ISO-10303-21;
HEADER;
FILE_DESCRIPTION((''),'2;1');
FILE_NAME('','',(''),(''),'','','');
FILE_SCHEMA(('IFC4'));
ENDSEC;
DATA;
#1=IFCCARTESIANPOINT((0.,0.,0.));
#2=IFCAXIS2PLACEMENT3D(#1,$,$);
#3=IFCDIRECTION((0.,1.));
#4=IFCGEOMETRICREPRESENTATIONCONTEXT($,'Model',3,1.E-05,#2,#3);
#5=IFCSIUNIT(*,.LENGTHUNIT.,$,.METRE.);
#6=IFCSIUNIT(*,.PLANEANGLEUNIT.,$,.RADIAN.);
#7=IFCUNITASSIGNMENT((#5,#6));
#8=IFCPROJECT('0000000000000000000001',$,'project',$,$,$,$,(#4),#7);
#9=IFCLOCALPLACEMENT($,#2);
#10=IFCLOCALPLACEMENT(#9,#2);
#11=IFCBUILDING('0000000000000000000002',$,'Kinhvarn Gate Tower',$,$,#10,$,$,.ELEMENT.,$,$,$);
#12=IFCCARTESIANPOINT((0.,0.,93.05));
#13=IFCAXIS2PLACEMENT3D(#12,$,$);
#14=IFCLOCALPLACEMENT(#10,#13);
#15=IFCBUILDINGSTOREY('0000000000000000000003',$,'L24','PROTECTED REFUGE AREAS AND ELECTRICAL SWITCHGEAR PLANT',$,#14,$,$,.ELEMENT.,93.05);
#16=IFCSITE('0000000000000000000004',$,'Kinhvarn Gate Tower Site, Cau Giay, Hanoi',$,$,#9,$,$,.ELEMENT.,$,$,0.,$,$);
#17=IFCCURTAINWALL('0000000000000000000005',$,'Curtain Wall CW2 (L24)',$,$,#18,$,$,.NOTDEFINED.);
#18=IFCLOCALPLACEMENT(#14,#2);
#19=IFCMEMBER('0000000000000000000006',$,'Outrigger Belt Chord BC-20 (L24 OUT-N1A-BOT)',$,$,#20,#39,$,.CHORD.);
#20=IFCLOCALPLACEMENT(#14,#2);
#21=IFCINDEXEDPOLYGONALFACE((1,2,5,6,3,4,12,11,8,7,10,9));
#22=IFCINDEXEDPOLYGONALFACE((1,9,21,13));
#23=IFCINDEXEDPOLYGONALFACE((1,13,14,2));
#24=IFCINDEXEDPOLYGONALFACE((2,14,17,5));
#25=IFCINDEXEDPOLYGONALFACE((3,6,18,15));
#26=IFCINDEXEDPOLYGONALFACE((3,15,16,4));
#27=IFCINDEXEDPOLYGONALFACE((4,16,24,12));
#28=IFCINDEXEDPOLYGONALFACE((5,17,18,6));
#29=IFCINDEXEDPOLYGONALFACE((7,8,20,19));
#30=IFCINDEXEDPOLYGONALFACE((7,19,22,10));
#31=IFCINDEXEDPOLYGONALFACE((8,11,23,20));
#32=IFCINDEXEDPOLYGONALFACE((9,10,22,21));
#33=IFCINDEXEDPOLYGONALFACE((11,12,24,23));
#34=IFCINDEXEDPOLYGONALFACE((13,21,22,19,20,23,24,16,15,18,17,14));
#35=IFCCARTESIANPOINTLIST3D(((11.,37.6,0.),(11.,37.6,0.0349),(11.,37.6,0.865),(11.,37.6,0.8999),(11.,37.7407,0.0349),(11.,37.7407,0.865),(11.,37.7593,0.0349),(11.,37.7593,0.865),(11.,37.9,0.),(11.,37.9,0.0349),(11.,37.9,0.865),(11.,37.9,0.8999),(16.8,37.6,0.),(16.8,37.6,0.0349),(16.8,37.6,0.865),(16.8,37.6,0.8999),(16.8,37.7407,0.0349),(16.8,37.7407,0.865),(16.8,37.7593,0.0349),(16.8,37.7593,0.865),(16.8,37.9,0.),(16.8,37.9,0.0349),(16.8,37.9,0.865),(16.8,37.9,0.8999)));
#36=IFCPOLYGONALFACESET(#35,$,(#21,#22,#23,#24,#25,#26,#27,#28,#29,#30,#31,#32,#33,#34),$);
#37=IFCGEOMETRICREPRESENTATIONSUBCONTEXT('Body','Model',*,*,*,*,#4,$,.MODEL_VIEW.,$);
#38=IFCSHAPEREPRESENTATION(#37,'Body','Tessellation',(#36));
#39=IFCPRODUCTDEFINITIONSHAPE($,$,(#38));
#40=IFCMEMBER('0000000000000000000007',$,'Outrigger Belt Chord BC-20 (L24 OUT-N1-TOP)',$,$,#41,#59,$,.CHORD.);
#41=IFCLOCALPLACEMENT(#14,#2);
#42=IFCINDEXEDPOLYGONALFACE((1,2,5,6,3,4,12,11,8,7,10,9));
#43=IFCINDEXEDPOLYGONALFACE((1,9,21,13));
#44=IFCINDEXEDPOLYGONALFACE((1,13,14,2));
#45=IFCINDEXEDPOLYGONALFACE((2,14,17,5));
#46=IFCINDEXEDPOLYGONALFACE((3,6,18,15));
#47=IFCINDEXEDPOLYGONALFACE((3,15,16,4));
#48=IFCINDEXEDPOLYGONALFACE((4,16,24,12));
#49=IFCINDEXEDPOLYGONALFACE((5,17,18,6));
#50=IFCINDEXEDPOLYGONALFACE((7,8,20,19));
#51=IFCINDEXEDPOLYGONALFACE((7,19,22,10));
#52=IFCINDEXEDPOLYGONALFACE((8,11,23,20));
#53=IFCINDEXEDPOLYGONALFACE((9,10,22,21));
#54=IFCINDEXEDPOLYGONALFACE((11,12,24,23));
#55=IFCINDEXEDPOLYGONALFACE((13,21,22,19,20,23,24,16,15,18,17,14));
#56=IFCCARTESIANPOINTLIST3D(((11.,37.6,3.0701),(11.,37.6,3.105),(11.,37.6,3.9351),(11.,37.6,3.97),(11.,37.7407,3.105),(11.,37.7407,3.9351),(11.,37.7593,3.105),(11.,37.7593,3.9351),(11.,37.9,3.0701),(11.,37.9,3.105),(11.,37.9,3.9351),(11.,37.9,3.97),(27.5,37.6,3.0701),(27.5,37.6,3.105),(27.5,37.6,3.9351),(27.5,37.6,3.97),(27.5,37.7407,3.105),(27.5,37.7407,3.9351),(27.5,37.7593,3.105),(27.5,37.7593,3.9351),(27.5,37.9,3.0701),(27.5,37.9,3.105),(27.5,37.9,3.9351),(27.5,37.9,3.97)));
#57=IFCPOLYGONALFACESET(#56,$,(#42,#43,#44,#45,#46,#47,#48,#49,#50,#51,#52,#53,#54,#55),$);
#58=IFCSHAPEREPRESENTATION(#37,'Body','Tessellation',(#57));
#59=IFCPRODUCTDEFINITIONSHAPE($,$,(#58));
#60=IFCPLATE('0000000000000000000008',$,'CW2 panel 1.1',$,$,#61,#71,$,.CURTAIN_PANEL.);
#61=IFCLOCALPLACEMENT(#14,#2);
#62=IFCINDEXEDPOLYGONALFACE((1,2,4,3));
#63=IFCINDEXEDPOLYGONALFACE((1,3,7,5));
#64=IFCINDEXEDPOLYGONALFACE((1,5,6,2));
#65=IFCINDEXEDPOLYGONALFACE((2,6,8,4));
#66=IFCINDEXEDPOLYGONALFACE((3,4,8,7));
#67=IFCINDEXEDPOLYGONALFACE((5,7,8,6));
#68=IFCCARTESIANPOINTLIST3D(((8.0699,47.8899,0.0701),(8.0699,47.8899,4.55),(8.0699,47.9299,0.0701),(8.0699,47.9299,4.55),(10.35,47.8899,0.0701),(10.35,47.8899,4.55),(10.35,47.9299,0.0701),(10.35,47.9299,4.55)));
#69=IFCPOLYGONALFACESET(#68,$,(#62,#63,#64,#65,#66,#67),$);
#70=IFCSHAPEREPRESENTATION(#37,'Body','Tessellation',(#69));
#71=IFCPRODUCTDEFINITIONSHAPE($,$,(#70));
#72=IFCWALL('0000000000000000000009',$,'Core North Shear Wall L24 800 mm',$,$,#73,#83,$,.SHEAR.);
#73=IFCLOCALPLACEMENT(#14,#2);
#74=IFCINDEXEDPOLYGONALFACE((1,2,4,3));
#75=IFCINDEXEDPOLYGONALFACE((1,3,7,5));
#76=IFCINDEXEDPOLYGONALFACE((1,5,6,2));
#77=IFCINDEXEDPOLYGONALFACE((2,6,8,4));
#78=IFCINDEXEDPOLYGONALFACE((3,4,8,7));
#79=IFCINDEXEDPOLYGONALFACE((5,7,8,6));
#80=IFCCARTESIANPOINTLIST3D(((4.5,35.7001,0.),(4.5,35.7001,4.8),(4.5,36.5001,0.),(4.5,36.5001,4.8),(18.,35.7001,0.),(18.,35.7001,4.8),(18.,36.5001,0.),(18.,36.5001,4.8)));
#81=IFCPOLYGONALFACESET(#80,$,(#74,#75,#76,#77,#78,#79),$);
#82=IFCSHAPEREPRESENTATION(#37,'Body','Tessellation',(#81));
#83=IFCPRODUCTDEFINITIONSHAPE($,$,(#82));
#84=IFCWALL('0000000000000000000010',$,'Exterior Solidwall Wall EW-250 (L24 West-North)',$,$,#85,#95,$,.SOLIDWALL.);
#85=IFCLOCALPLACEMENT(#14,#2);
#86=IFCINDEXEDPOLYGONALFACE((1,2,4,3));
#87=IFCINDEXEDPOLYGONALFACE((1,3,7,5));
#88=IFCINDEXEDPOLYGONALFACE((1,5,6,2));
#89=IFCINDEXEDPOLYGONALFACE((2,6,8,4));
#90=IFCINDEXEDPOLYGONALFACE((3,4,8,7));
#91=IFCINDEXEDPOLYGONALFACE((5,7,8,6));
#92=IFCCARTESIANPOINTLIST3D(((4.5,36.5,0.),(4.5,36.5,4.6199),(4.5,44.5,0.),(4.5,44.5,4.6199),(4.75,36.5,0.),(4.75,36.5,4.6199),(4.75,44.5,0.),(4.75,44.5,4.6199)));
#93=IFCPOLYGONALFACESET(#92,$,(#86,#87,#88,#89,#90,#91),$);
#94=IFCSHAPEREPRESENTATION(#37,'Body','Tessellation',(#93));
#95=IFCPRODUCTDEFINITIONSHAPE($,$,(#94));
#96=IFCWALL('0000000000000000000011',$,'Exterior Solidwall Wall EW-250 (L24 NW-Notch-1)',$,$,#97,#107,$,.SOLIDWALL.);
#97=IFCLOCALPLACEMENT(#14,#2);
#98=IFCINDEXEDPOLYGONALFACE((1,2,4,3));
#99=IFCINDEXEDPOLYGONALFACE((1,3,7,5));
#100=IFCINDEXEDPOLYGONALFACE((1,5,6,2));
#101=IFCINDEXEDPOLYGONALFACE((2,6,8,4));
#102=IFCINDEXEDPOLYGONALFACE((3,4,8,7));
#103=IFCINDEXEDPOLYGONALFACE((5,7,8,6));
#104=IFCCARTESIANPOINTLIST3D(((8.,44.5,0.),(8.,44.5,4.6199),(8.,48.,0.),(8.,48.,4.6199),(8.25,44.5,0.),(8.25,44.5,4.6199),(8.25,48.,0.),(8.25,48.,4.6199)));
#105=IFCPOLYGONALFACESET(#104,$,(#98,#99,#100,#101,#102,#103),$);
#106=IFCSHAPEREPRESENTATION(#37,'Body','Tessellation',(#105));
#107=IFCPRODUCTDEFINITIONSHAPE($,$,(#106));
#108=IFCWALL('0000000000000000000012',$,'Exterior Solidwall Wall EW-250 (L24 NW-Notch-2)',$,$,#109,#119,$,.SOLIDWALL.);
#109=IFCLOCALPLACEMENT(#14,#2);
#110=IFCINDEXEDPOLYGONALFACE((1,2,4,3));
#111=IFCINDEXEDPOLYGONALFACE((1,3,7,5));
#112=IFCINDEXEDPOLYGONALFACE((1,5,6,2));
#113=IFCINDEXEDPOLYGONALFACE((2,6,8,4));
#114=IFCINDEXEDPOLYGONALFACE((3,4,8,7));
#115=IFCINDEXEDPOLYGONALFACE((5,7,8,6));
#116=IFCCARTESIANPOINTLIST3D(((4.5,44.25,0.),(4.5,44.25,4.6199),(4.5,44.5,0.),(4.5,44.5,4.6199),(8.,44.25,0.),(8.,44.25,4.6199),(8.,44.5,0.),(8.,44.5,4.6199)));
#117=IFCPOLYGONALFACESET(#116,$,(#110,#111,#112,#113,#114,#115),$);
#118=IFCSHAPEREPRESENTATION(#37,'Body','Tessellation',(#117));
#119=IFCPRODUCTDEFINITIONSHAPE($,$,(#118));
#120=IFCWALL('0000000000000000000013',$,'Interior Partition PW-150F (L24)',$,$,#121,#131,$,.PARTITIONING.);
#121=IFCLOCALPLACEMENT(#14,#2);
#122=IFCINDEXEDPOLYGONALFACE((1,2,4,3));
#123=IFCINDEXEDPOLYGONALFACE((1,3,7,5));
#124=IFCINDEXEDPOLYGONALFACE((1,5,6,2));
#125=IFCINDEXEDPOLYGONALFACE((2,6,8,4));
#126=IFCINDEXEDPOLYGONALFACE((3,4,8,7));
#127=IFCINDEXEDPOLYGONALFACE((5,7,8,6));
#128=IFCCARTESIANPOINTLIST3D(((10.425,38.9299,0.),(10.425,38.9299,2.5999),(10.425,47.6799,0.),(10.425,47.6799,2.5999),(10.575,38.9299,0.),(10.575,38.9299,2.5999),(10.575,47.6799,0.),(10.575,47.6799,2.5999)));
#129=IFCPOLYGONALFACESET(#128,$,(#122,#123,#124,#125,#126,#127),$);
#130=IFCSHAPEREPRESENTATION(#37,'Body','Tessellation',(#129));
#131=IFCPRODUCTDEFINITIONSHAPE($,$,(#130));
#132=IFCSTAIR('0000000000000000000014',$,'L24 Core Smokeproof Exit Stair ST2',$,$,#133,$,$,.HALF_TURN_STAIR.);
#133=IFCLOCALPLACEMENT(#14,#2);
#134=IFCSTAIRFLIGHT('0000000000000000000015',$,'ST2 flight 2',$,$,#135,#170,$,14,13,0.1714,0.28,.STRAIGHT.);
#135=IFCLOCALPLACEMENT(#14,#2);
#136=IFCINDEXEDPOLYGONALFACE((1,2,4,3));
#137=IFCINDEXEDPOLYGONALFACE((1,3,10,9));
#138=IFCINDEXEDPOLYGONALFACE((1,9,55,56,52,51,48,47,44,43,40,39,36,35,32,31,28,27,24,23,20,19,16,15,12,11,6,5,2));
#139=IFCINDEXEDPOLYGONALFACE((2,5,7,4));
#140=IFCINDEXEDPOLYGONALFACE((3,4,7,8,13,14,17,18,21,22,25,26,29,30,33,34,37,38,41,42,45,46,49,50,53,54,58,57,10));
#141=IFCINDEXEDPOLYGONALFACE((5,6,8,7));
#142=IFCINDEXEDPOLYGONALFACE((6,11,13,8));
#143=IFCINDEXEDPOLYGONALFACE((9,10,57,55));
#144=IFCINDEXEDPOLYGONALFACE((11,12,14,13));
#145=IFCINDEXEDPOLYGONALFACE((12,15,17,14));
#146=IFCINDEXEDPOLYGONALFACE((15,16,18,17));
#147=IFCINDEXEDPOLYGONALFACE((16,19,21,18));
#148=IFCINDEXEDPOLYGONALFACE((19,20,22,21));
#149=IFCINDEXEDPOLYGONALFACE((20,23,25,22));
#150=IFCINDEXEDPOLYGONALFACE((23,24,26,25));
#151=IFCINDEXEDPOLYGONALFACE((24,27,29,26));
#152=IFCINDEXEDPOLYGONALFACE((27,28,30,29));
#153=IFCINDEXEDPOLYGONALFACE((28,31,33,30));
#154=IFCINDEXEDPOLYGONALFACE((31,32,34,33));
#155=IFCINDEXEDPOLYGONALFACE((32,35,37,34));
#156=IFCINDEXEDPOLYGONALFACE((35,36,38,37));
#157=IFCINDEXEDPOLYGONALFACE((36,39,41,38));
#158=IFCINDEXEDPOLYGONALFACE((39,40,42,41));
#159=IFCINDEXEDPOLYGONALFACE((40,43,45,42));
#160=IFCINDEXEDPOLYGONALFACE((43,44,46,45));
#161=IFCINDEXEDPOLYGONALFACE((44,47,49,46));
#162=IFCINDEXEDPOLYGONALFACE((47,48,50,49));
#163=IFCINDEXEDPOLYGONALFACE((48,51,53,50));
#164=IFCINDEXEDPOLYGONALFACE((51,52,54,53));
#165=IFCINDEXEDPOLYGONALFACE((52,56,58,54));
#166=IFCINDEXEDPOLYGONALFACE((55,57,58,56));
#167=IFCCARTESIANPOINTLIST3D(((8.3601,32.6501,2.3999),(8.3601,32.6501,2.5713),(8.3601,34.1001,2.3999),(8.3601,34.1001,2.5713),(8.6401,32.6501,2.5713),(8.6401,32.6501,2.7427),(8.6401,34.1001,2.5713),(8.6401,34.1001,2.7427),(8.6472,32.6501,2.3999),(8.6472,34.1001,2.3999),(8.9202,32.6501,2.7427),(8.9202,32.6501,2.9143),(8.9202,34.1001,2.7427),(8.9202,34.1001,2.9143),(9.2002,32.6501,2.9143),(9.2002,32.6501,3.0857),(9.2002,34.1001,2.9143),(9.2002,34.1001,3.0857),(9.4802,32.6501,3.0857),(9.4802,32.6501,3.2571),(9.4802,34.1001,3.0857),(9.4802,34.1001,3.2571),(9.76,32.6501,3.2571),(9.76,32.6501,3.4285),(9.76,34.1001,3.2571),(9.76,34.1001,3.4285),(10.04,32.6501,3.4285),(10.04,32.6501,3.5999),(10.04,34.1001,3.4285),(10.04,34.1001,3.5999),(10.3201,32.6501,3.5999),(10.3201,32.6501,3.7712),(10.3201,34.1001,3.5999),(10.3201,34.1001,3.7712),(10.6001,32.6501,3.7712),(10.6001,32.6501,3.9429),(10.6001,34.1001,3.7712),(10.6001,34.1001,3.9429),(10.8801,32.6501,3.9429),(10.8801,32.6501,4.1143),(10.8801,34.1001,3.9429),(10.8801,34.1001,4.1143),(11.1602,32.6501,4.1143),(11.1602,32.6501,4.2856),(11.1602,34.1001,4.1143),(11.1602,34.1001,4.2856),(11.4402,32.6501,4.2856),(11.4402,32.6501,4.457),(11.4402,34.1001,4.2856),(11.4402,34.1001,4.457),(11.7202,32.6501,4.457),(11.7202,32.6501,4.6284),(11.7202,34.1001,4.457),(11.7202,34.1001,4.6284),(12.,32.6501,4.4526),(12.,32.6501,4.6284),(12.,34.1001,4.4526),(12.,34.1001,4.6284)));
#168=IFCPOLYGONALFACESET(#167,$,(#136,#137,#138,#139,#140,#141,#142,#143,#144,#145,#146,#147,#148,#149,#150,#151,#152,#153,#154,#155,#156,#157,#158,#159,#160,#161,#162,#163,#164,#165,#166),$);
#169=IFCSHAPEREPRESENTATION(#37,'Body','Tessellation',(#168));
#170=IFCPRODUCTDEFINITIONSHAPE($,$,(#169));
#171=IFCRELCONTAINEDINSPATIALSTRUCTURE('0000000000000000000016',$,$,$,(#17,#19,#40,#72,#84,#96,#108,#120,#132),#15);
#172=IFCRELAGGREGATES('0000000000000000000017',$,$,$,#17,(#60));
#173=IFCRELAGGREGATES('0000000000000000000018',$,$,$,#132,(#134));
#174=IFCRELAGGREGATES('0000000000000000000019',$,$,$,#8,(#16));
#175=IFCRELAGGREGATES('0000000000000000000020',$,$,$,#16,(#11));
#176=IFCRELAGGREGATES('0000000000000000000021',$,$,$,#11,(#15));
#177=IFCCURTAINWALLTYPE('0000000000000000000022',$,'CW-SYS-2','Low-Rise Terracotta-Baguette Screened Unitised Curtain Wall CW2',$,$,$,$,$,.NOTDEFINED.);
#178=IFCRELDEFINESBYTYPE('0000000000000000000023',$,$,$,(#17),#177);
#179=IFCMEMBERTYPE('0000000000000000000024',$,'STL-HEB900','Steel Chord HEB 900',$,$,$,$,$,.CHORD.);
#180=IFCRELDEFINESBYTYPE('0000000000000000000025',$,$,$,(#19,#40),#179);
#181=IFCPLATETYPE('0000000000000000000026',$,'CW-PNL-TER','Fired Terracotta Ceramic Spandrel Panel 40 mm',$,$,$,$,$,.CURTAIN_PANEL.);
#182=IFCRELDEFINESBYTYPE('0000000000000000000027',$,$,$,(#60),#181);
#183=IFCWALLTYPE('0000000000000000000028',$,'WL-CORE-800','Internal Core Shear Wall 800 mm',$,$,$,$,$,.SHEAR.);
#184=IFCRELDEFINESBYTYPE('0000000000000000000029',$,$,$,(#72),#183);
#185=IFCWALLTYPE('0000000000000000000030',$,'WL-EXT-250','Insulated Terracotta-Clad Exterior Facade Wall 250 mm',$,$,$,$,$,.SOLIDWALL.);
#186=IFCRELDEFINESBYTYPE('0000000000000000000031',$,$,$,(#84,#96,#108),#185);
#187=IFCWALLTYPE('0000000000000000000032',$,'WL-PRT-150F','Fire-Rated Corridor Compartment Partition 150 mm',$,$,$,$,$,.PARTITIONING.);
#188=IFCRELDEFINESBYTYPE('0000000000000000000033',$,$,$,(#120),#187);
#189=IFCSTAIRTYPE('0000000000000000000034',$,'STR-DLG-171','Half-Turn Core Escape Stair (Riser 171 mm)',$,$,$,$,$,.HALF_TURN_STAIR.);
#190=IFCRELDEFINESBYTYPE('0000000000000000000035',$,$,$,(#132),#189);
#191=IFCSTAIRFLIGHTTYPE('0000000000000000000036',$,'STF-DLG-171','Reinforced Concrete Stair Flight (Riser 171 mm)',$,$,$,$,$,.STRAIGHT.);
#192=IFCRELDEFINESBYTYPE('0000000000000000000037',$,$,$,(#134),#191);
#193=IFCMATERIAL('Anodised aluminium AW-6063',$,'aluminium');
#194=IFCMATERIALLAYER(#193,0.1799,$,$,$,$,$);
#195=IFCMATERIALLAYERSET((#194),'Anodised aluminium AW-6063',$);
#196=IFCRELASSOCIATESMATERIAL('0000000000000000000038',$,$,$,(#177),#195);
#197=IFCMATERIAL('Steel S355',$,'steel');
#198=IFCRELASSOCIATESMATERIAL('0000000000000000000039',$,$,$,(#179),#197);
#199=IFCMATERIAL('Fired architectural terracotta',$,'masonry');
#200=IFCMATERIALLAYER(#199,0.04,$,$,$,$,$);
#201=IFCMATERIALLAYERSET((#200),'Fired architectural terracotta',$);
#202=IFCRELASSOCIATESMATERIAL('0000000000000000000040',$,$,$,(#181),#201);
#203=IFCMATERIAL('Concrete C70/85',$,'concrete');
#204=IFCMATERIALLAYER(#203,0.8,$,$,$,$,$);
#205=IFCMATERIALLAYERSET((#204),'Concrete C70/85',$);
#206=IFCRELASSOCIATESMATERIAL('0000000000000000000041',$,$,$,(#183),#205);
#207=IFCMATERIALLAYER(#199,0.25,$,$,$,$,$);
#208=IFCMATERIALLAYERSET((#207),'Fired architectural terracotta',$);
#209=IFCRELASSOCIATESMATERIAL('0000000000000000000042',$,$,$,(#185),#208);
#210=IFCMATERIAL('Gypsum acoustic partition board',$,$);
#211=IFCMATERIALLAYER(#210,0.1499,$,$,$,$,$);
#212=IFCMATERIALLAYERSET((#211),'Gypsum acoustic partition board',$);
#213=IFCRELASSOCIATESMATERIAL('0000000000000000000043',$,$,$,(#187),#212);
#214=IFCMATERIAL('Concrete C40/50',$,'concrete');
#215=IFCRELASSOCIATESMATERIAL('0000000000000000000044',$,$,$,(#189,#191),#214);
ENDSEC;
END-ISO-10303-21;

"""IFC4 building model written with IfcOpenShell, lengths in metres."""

from ifc_helpers import new_model, si_unit, direction, frame, frame_2d, origin, origin_2d, place, context, subcontext, project, spatial, polyline, rectangle, i_section, outline, extrude, material, layer, layer_set, material_profile, profile_set, type_object, element, aggregate, save


model = new_model("IFC4")

# Units and contexts
model_context = context("Model", 3, precision=1e-05, world=origin(), true_north=direction((0.0, 1.0)))
body_context = subcontext(model_context, "Body", "Model", "MODEL_VIEW")
ifc_project = project(units=[si_unit("LENGTHUNIT", "METRE"), si_unit("PLANEANGLEUNIT", "RADIAN")], contexts=[model_context])

# Site, building, storey
site_placement = place(None, origin())
site = spatial("IfcSite", under=ifc_project, at=site_placement, Name="Kinhvarn Gate Tower Site, Cau Giay, Hanoi", CompositionType="ELEMENT", RefElevation=0.0)
building_placement = place(site_placement, origin())
building = spatial("IfcBuilding", under=site, at=building_placement, Name="Kinhvarn Gate Tower", CompositionType="ELEMENT")
storey_placement = place(building_placement, frame((0.0, 0.0, 93.05)))
storey = spatial("IfcBuildingStorey", under=building, at=storey_placement, Name="L24", Description="PROTECTED REFUGE AREAS AND ELECTRICAL SWITCHGEAR PLANT", CompositionType="ELEMENT", Elevation=93.05)

# Shared definitions
ifc_material_1 = material(Name="Concrete C70/85", Category="concrete")

# Curtain wall
ifc_material_2 = material(Name="Anodised aluminium AW-6063", Category="aluminium")
ifc_layer_1 = layer(ifc_material_2, 0.1799)
ifc_layer_set_1 = layer_set([ifc_layer_1], Name="Anodised aluminium AW-6063")
curtain_wall_type = type_object("IfcCurtainWallType", Name="CW-SYS-2", Description="Low-Rise Terracotta-Baguette Screened Unitised Curtain Wall CW2", PredefinedType="NOTDEFINED", material=ifc_layer_set_1)
curtain_wall_placement = place(storey_placement, origin())
curtain_wall = element("IfcCurtainWall", 1, at=curtain_wall_placement, inside=storey, type_object=curtain_wall_type, Name="Curtain Wall CW2 (L24)", PredefinedType="NOTDEFINED")

# Shared definitions
ifc_material_3 = material(Name="Steel S355", Category="steel")

# Members
ifc_material_profile_1 = material_profile(ifc_material_3, i_section(OverallWidth=0.3, OverallDepth=0.8999, WebThickness=0.0186, FlangeThickness=0.0349, at=origin_2d()), Name="HEB 900")
ifc_profile_set_1 = profile_set([ifc_material_profile_1], Name="Steel S355")
member_type_1 = type_object("IfcMemberType", Name="STL-HEB900", Description="Steel Chord HEB 900", PredefinedType="CHORD", material=ifc_profile_set_1)
member_1_placement = place(storey_placement, frame((11.0, 37.75, 0.45), z_axis=(1.0, 0.0, 0.0), x_axis=(0.0, 1.0, 0.0)))
element("IfcMember", 2, at=member_1_placement, inside=storey, type_object=member_type_1, Name="Outrigger Belt Chord BC-20 (L24 OUT-N1A-BOT)", PredefinedType="CHORD", context=body_context, shape_type="SweptSolid", body=[
    extrude(i_section(OverallWidth=0.3, OverallDepth=0.8999, WebThickness=0.0186, FlangeThickness=0.0349, at=origin_2d()), origin(), (0.0, 0.0, 1.0), 5.8),
])
member_2_placement = place(storey_placement, frame((11.0, 37.75, 3.52), z_axis=(1.0, 0.0, 0.0), x_axis=(0.0, 1.0, 0.0)))
element("IfcMember", 3, at=member_2_placement, inside=storey, type_object=member_type_1, Name="Outrigger Belt Chord BC-20 (L24 OUT-N1-TOP)", PredefinedType="CHORD", context=body_context, shape_type="SweptSolid", body=[
    extrude(i_section(OverallWidth=0.3, OverallDepth=0.8999, WebThickness=0.0186, FlangeThickness=0.0349, at=origin_2d()), origin(), (0.0, 0.0, 1.0), 16.5),
])

# Plate
ifc_material_4 = material(Name="Fired architectural terracotta", Category="masonry")
ifc_layer_2 = layer(ifc_material_4, 0.04)
ifc_layer_set_2 = layer_set([ifc_layer_2], Name="Fired architectural terracotta")
plate_type = type_object("IfcPlateType", Name="CW-PNL-TER", Description="Fired Terracotta Ceramic Spandrel Panel 40 mm", PredefinedType="CURTAIN_PANEL", material=ifc_layer_set_2)
plate_placement = place(storey_placement, frame((9.21, 47.9099, 0.0701), z_axis=(0.0, 0.0, 1.0), x_axis=(-1.0, 0.0, 0.0)))
plate = element("IfcPlate", 4, at=plate_placement, type_object=plate_type, Name="CW2 panel 1.1", PredefinedType="CURTAIN_PANEL", context=body_context, shape_type="SweptSolid", body=[
    extrude(rectangle(XDim=2.28, YDim=0.04, at=origin_2d()), origin(), (0.0, 0.0, 1.0), 4.48),
])
aggregate(curtain_wall, [plate])

# Walls
ifc_layer_3 = layer(ifc_material_1, 0.8)
ifc_layer_set_3 = layer_set([ifc_layer_3], Name="Concrete C70/85")
wall_type_1 = type_object("IfcWallType", Name="WL-CORE-800", Description="Internal Core Shear Wall 800 mm", PredefinedType="SHEAR", material=ifc_layer_set_3)
wall_1_placement = place(storey_placement, frame((4.5, 36.1001, 0.0), z_axis=(0.0, 0.0, 1.0), x_axis=(1.0, 0.0, 0.0)))
element("IfcWall", 5, at=wall_1_placement, inside=storey, type_object=wall_type_1, Name="Core North Shear Wall L24 800 mm", PredefinedType="SHEAR", context=body_context, shape_type="SweptSolid", body=[
    extrude(rectangle(XDim=13.5, YDim=0.8, at=frame_2d((6.75, 0.0))), origin(), (0.0, 0.0, 1.0), 4.8),
])
ifc_layer_4 = layer(ifc_material_4, 0.25)
ifc_layer_set_4 = layer_set([ifc_layer_4], Name="Fired architectural terracotta")
wall_type_2 = type_object("IfcWallType", Name="WL-EXT-250", Description="Insulated Terracotta-Clad Exterior Facade Wall 250 mm", PredefinedType="SOLIDWALL", material=ifc_layer_set_4)
wall_2_placement = place(storey_placement, frame((4.625, 44.5, 0.0), z_axis=(0.0, 0.0, 1.0), x_axis=(0.0, -1.0, 0.0)))
element("IfcWall", 6, at=wall_2_placement, inside=storey, type_object=wall_type_2, Name="Exterior Solidwall Wall EW-250 (L24 West-North)", PredefinedType="SOLIDWALL", context=body_context, shape_type="SweptSolid", body=[
    extrude(rectangle(XDim=8.0, YDim=0.25, at=frame_2d((4.0, 0.0))), origin(), (0.0, 0.0, 1.0), 4.6199),
])
for number, where, z_axis, x_axis, name in (
    (7, (8.125, 48.0, 0.0), (0.0, 0.0, 1.0), (0.0, -1.0, 0.0), "Exterior Solidwall Wall EW-250 (L24 NW-Notch-1)"),
    (8, (8.0, 44.375, 0.0), (0.0, 0.0, 1.0), (-1.0, 0.0, 0.0), "Exterior Solidwall Wall EW-250 (L24 NW-Notch-2)"),
):
    element("IfcWall", number, at=place(storey_placement, frame(where, z_axis=z_axis, x_axis=x_axis)), inside=storey, type_object=wall_type_2, Name=name, PredefinedType="SOLIDWALL", context=body_context, shape_type="SweptSolid", body=[
        extrude(rectangle(XDim=3.5, YDim=0.25, at=frame_2d((1.75, 0.0))), origin(), (0.0, 0.0, 1.0), 4.6199),
    ])
ifc_material_5 = material(Name="Gypsum acoustic partition board")
ifc_layer_5 = layer(ifc_material_5, 0.1499)
ifc_layer_set_5 = layer_set([ifc_layer_5], Name="Gypsum acoustic partition board")
wall_type_3 = type_object("IfcWallType", Name="WL-PRT-150F", Description="Fire-Rated Corridor Compartment Partition 150 mm", PredefinedType="PARTITIONING", material=ifc_layer_set_5)
wall_3_placement = place(storey_placement, frame((10.5, 38.9299, 0.0), z_axis=(0.0, 0.0, 1.0), x_axis=(0.0, 1.0, 0.0)))
element("IfcWall", 9, at=wall_3_placement, inside=storey, type_object=wall_type_3, Name="Interior Partition PW-150F (L24)", PredefinedType="PARTITIONING", context=body_context, shape_type="SweptSolid", body=[
    extrude(rectangle(XDim=8.75, YDim=0.1499, at=frame_2d((4.375, 0.0))), origin(), (0.0, 0.0, 1.0), 2.5999),
])

# Stair, stair flight
ifc_material_6 = material(Name="Concrete C40/50", Category="concrete")
stair_type = type_object("IfcStairType", Name="STR-DLG-171", Description="Half-Turn Core Escape Stair (Riser 171 mm)", PredefinedType="HALF_TURN_STAIR", material=ifc_material_6)
stair_placement = place(storey_placement, origin())
stair = element("IfcStair", 10, at=stair_placement, inside=storey, type_object=stair_type, Name="L24 Core Smokeproof Exit Stair ST2", PredefinedType="HALF_TURN_STAIR")
stair_flight_type = type_object("IfcStairFlightType", Name="STF-DLG-171", Description="Reinforced Concrete Stair Flight (Riser 171 mm)", PredefinedType="STRAIGHT", material=ifc_material_6)
stair_flight_placement = place(storey_placement, frame((8.3601, 33.375, 2.3999), z_axis=(0.0, 0.0, 1.0), x_axis=(1.0, 0.0, 0.0)))
stair_flight = element("IfcStairFlight", 11, at=stair_flight_placement, type_object=stair_flight_type, Name="ST2 flight 2", NumberOfRisers=14, NumberOfTreads=13, PredefinedType="STRAIGHT", RiserHeight=0.1714, TreadLength=0.28, context=body_context, shape_type="SweptSolid", body=[
    extrude(outline(polyline([(0.0, 0.0), (0.0, 0.1714), (0.28, 0.1714), (0.28, 0.3428), (0.5601, 0.3428), (0.5601, 0.5144), (0.8401, 0.5144), (0.8401, 0.6858), (1.1201, 0.6858), (1.1201, 0.8572), (1.3999, 0.8572), (1.3999, 1.0286), (1.6799, 1.0286), (1.6799, 1.2), (1.96, 1.2), (1.96, 1.3713), (2.24, 1.3713), (2.24, 1.543), (2.52, 1.543), (2.52, 1.7144), (2.8, 1.7144), (2.8, 1.8857), (3.0801, 1.8857), (3.0801, 2.0571), (3.3601, 2.0571), (3.3601, 2.2285), (3.6399, 2.2285), (3.6399, 2.3999), (3.6399, 2.0527), (0.2871, 0.0), (0.0, 0.0)])), frame((0.0, 0.7251, 0.0), z_axis=(0.0, -1.0, 0.0), x_axis=(1.0, 0.0, 0.0)), (0.0, 0.0, 1.0), 1.45),
])
aggregate(stair, [stair_flight])

save(model, "model.ifc")
